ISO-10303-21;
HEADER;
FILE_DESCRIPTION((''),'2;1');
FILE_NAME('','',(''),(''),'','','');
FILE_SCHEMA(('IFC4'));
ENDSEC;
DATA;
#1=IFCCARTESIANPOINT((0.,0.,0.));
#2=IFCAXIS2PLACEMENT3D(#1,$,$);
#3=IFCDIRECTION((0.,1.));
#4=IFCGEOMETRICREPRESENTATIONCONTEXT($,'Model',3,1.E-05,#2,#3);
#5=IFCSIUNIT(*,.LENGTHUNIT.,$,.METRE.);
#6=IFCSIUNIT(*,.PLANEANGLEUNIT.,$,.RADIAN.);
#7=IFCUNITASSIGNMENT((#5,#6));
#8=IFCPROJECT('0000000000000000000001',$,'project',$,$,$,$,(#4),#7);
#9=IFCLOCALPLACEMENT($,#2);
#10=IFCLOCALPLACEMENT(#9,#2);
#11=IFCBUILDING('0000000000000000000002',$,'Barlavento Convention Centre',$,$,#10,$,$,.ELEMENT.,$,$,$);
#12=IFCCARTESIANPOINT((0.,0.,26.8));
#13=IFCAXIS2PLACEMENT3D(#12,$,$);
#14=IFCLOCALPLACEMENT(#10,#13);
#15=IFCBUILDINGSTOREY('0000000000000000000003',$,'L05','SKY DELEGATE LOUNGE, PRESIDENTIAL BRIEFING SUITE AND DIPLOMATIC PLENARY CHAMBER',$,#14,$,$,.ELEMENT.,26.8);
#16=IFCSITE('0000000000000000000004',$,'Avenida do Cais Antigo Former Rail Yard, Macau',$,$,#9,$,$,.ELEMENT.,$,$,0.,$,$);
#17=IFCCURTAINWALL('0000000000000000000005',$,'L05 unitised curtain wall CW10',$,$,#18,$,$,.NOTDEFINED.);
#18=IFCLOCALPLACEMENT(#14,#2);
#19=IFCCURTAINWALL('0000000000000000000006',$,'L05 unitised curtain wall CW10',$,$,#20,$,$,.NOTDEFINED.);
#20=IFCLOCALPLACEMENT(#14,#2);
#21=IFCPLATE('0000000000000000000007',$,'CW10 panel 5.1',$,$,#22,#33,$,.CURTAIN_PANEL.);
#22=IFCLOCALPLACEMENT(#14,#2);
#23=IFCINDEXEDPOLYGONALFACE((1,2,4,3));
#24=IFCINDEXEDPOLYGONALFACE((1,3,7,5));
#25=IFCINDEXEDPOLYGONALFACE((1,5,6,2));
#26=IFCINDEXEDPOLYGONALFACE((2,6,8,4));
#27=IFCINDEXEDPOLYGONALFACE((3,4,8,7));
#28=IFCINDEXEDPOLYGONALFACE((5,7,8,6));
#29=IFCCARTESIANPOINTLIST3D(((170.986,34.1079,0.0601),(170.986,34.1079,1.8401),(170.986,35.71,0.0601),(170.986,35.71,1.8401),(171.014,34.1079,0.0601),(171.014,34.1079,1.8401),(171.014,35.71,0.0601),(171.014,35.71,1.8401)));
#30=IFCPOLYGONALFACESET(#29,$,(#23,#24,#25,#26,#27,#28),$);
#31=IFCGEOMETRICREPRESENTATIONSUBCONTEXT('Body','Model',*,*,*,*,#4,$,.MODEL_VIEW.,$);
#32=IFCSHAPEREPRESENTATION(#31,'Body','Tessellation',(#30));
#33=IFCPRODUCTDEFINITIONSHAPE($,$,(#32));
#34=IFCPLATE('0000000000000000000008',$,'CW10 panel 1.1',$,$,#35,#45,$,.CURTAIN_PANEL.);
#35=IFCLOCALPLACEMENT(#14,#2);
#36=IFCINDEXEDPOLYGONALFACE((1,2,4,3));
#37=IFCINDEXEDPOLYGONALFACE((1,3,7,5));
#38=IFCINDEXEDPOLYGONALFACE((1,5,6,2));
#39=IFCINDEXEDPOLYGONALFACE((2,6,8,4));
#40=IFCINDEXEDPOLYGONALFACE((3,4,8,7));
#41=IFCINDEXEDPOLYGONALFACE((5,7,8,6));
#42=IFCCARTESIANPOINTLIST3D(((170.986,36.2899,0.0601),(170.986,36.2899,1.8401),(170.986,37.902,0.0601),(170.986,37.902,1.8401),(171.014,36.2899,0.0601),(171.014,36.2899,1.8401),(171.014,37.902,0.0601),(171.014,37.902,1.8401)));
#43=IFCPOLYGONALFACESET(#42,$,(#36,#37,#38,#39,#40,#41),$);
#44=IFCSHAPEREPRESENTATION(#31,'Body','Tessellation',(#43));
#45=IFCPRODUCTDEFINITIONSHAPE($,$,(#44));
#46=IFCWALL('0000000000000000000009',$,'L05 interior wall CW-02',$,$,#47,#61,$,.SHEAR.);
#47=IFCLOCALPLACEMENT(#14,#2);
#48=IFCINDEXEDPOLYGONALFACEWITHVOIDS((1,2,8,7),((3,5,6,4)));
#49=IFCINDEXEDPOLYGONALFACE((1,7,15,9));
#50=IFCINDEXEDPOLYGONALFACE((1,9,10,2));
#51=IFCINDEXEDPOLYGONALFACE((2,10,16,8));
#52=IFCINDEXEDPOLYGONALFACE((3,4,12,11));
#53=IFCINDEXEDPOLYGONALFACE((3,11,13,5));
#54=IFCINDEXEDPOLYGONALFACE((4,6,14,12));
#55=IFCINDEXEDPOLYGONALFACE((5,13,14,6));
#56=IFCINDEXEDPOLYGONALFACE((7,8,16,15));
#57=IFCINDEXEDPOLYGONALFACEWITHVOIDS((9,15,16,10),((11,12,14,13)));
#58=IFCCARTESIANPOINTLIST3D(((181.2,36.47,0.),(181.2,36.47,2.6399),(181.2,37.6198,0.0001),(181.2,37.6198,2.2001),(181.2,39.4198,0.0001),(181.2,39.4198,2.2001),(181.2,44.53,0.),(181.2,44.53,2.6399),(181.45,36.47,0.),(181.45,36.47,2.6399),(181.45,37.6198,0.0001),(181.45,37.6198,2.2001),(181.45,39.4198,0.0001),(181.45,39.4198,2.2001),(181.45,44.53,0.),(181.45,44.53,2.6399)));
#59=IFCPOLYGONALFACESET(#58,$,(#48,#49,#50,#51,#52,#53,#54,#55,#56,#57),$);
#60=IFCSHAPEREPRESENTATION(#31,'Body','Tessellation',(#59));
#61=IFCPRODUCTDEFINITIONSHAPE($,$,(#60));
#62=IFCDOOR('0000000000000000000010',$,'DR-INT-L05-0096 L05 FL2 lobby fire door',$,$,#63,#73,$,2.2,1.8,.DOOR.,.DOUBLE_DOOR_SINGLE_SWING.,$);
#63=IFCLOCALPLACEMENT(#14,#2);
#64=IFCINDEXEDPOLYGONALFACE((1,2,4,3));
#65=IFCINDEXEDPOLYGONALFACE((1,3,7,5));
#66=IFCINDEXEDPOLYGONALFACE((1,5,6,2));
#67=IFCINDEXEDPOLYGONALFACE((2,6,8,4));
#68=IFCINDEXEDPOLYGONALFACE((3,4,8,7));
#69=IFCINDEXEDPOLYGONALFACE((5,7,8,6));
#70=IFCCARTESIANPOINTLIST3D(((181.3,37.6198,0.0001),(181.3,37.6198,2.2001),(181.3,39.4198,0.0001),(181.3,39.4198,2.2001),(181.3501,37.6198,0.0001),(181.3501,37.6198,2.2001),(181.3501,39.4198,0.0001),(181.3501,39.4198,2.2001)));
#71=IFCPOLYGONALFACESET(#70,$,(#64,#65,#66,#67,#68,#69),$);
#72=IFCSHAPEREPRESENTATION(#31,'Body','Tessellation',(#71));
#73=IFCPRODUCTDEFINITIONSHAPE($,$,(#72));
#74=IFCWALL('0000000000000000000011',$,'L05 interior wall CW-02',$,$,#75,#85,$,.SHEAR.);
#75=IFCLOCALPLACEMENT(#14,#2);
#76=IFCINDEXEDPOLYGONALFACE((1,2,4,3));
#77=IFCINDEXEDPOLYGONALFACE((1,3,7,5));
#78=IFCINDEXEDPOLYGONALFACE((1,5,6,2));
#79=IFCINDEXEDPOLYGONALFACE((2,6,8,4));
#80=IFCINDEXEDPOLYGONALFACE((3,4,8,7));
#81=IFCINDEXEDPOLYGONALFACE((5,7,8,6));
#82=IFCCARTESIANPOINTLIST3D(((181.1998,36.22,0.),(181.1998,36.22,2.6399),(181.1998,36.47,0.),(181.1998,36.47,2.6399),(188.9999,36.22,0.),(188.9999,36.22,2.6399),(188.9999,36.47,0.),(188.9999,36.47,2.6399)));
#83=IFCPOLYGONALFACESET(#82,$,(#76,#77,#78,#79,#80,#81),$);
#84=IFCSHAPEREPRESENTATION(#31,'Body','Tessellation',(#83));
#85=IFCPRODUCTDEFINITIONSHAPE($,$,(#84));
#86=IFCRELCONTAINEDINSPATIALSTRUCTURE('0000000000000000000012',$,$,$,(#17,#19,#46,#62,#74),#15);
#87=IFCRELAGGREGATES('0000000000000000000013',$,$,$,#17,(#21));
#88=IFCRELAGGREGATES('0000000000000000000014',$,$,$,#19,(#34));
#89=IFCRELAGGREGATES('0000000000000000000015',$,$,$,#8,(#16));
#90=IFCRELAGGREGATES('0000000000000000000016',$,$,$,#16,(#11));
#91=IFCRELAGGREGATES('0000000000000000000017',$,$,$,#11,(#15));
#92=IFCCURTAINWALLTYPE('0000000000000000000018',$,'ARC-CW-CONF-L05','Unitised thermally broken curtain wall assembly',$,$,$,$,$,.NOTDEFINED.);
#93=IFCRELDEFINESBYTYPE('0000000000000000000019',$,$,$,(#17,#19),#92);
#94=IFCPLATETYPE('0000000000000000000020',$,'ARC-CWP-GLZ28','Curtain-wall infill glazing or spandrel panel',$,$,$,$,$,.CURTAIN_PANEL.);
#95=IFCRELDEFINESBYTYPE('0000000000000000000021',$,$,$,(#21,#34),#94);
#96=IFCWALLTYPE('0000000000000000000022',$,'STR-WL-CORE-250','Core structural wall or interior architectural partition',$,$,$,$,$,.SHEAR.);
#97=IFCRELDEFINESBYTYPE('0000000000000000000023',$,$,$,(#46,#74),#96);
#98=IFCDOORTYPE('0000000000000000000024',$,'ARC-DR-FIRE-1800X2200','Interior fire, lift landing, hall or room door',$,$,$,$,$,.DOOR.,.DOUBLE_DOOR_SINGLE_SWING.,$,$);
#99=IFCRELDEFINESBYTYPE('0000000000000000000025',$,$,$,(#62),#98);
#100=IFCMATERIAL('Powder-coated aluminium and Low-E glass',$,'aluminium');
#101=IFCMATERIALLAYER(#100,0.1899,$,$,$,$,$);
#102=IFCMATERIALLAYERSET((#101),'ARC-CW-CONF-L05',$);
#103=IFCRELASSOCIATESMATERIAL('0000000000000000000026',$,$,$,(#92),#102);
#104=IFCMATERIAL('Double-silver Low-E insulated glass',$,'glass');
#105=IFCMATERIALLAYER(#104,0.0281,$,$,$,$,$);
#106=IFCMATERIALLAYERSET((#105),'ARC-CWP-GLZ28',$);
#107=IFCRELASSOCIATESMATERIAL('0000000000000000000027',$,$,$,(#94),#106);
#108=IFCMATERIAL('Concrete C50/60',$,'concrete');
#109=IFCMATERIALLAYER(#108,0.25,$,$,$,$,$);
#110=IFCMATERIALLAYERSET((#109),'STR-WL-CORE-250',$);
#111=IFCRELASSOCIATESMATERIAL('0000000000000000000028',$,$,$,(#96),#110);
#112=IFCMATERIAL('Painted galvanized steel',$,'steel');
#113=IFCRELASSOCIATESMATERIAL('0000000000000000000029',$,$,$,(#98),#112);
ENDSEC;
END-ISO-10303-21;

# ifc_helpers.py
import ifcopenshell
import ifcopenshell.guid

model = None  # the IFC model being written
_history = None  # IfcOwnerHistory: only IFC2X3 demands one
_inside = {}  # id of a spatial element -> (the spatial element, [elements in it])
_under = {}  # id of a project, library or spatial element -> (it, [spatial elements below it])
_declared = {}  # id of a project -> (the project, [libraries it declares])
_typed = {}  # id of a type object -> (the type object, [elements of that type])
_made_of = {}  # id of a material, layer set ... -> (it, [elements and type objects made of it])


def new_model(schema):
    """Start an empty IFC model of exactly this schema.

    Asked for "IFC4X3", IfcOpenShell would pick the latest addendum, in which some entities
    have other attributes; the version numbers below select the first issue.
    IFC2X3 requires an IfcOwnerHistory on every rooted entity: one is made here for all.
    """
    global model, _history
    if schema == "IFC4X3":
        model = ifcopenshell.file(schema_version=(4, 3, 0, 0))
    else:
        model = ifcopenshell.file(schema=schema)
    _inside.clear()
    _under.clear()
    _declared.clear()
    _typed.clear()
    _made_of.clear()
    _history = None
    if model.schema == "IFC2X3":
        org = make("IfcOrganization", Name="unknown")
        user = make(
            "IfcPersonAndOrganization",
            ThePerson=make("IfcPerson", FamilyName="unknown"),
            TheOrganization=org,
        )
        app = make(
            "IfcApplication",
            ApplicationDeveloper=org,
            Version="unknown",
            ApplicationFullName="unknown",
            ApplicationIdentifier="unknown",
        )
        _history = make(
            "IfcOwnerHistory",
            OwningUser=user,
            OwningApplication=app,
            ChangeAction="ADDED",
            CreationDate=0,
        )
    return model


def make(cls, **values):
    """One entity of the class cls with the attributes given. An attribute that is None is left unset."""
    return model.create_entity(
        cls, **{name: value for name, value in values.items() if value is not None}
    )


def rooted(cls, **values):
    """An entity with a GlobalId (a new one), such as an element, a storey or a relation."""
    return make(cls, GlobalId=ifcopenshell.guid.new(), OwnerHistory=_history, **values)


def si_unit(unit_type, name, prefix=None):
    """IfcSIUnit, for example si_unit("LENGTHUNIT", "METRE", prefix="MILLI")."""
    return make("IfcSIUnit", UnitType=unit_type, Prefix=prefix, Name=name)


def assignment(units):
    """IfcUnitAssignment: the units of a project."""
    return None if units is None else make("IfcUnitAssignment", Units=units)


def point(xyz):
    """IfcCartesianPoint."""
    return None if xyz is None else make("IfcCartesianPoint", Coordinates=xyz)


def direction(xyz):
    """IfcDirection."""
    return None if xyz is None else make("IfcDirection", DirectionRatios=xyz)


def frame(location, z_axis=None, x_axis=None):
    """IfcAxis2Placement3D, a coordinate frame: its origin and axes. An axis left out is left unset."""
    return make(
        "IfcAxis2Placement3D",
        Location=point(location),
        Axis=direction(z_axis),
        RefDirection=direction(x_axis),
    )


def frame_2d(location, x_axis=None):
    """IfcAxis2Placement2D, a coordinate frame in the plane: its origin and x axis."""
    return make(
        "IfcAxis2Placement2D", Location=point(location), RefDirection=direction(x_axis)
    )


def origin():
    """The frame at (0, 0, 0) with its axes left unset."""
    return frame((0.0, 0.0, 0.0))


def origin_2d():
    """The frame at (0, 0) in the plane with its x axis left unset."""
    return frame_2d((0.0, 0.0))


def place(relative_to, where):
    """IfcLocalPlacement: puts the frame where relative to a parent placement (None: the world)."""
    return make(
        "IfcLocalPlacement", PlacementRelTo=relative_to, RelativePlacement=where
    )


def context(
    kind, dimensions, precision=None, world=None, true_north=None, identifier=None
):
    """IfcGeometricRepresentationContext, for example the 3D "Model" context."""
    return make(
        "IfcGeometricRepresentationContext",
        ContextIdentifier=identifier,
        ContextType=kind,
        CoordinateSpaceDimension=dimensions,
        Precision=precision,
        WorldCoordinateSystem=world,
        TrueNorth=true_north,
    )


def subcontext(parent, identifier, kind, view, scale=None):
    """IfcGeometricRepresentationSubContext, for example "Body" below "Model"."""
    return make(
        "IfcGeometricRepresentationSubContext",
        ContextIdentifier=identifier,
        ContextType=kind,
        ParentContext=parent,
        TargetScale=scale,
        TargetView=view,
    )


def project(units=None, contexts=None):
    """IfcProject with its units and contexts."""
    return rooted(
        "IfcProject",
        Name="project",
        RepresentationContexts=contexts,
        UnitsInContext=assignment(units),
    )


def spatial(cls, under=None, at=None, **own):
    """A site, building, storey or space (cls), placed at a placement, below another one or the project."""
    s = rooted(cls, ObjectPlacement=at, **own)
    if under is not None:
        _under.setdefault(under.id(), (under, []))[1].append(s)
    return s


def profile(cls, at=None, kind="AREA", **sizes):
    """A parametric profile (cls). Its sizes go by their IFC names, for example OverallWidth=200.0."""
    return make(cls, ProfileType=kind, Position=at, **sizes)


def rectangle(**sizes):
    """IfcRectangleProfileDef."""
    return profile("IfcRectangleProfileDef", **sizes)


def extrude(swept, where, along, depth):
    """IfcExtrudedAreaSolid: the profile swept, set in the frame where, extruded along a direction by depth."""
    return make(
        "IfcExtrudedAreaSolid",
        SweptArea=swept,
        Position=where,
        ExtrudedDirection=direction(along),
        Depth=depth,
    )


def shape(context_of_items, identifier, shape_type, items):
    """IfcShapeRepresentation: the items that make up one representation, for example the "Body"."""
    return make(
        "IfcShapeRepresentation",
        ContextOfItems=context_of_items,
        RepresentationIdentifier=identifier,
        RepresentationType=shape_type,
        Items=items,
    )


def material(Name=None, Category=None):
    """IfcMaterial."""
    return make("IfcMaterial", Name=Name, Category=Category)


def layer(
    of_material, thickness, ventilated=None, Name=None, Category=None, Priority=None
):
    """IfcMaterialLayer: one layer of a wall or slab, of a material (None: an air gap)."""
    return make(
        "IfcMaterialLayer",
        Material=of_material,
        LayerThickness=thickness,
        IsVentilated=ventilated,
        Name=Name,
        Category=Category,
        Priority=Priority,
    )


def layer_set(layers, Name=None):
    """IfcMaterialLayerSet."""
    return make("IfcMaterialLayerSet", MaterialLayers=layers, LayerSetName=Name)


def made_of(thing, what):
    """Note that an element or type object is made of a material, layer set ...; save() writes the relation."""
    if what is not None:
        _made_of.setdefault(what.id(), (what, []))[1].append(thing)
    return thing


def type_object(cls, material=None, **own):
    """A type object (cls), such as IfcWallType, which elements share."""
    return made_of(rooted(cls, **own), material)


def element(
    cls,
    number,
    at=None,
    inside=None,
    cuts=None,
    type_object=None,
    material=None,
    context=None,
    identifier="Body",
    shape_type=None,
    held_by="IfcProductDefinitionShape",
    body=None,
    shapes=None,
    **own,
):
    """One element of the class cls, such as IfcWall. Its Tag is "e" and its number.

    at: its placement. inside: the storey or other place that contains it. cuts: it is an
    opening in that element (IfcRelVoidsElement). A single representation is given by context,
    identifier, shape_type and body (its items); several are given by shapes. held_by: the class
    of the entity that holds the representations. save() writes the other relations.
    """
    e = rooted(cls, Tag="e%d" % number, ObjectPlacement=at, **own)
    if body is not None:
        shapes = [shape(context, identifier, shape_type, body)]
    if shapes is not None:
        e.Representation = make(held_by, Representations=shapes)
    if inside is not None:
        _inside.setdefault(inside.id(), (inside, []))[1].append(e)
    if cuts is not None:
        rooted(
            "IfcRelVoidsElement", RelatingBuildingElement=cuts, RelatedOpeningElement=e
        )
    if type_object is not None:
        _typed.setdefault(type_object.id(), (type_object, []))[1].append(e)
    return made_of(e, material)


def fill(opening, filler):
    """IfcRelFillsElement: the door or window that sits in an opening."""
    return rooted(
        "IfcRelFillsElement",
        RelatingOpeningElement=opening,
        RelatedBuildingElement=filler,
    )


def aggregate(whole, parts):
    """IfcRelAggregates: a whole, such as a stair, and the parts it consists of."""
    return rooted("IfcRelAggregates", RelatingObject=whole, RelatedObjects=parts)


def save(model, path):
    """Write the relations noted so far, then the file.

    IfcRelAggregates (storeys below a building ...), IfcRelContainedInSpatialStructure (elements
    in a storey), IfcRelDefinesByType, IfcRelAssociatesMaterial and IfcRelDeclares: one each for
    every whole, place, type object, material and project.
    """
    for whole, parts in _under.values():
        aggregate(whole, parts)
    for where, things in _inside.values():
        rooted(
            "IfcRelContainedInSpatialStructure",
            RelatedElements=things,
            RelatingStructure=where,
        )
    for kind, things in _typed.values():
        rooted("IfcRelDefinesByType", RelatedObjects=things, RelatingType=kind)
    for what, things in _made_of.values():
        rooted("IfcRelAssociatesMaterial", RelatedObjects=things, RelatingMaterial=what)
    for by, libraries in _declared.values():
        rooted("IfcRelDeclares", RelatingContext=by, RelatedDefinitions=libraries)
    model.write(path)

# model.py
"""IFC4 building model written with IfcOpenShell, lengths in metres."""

from ifc_helpers import new_model, si_unit, direction, frame, frame_2d, origin, origin_2d, place, context, subcontext, project, spatial, rectangle, extrude, material, layer, layer_set, type_object, element, fill, aggregate, save


model = new_model("IFC4")

# Units and contexts
model_context = context("Model", 3, precision=1e-05, world=origin(), true_north=direction((0.0, 1.0)))
body_context = subcontext(model_context, "Body", "Model", "MODEL_VIEW")
ifc_project = project(units=[si_unit("LENGTHUNIT", "METRE"), si_unit("PLANEANGLEUNIT", "RADIAN")], contexts=[model_context])

# Site, building, storey
site_placement = place(None, origin())
site = spatial("IfcSite", under=ifc_project, at=site_placement, Name="Avenida do Cais Antigo Former Rail Yard, Macau", CompositionType="ELEMENT", RefElevation=0.0)
building_placement = place(site_placement, origin())
building = spatial("IfcBuilding", under=site, at=building_placement, Name="Barlavento Convention Centre", CompositionType="ELEMENT")
storey_placement = place(building_placement, frame((0.0, 0.0, 26.8)))
storey = spatial("IfcBuildingStorey", under=building, at=storey_placement, Name="L05", Description="SKY DELEGATE LOUNGE, PRESIDENTIAL BRIEFING SUITE AND DIPLOMATIC PLENARY CHAMBER", CompositionType="ELEMENT", Elevation=26.8)

# Curtain wall
ifc_material_1 = material(Name="Powder-coated aluminium and Low-E glass", Category="aluminium")
ifc_layer_1 = layer(ifc_material_1, 0.1899)
ifc_layer_set_1 = layer_set([ifc_layer_1], Name="ARC-CW-CONF-L05")
curtain_wall_type = type_object("IfcCurtainWallType", Name="ARC-CW-CONF-L05", Description="Unitised thermally broken curtain wall assembly", PredefinedType="NOTDEFINED", material=ifc_layer_set_1)
curtain_wall_1_placement = place(storey_placement, origin())
curtain_wall_1 = element("IfcCurtainWall", 1, at=curtain_wall_1_placement, inside=storey, type_object=curtain_wall_type, Name="L05 unitised curtain wall CW10", PredefinedType="NOTDEFINED")

# Curtain wall
curtain_wall_2_placement = place(storey_placement, origin())
curtain_wall_2 = element("IfcCurtainWall", 2, at=curtain_wall_2_placement, inside=storey, type_object=curtain_wall_type, Name="L05 unitised curtain wall CW10", PredefinedType="NOTDEFINED")

# Plates
ifc_material_2 = material(Name="Double-silver Low-E insulated glass", Category="glass")
ifc_layer_2 = layer(ifc_material_2, 0.0281)
ifc_layer_set_2 = layer_set([ifc_layer_2], Name="ARC-CWP-GLZ28")
plate_type = type_object("IfcPlateType", Name="ARC-CWP-GLZ28", Description="Curtain-wall infill glazing or spandrel panel", PredefinedType="CURTAIN_PANEL", material=ifc_layer_set_2)
plate_1_placement = place(storey_placement, frame((171.0, 34.9089, 0.0601), z_axis=(0.0, 0.0, 1.0), x_axis=(0.0, 1.0, 0.0)))
plate_1 = element("IfcPlate", 3, at=plate_1_placement, type_object=plate_type, Name="CW10 panel 5.1", PredefinedType="CURTAIN_PANEL", context=body_context, shape_type="SweptSolid", body=[
    extrude(rectangle(XDim=1.6021, YDim=0.0281, at=origin_2d()), origin(), (0.0, 0.0, 1.0), 1.78),
])
aggregate(curtain_wall_1, [plate_1])
plate_2_placement = place(storey_placement, frame((171.0, 37.0959, 0.0601), z_axis=(0.0, 0.0, 1.0), x_axis=(0.0, 1.0, 0.0)))
plate_2 = element("IfcPlate", 4, at=plate_2_placement, type_object=plate_type, Name="CW10 panel 1.1", PredefinedType="CURTAIN_PANEL", context=body_context, shape_type="SweptSolid", body=[
    extrude(rectangle(XDim=1.6121, YDim=0.0281, at=origin_2d()), origin(), (0.0, 0.0, 1.0), 1.78),
])
aggregate(curtain_wall_2, [plate_2])

# Wall, opening, door
ifc_material_3 = material(Name="Concrete C50/60", Category="concrete")
ifc_layer_3 = layer(ifc_material_3, 0.25)
ifc_layer_set_3 = layer_set([ifc_layer_3], Name="STR-WL-CORE-250")
wall_type = type_object("IfcWallType", Name="STR-WL-CORE-250", Description="Core structural wall or interior architectural partition", PredefinedType="SHEAR", material=ifc_layer_set_3)
wall_1_placement = place(storey_placement, frame((181.325, 36.47, 0.0), z_axis=(0.0, 0.0, 1.0), x_axis=(0.0, 1.0, 0.0)))
wall_1 = element("IfcWall", 5, at=wall_1_placement, inside=storey, type_object=wall_type, Name="L05 interior wall CW-02", PredefinedType="SHEAR", context=body_context, shape_type="SweptSolid", body=[
    extrude(rectangle(XDim=8.0601, YDim=0.25, at=frame_2d((4.03, 0.0))), origin(), (0.0, 0.0, 1.0), 2.6399),
])
opening_placement = place(wall_1_placement, frame((1.1499, 0.0, 0.0)))
opening = element("IfcOpeningElement", 6, at=opening_placement, cuts=wall_1, PredefinedType="OPENING", context=body_context, shape_type="SweptSolid", body=[
    extrude(rectangle(XDim=1.8, YDim=2.2, at=frame_2d((0.8999, 1.1001))), frame((0.0, 0.135, 0.0), z_axis=(0.0, -1.0, 0.0), x_axis=(1.0, 0.0, 0.0)), (0.0, 0.0, 1.0), 0.27),
])
ifc_material_4 = material(Name="Painted galvanized steel", Category="steel")
door_type = type_object("IfcDoorType", Name="ARC-DR-FIRE-1800X2200", Description="Interior fire, lift landing, hall or room door", OperationType="DOUBLE_DOOR_SINGLE_SWING", PredefinedType="DOOR", material=ifc_material_4)
door_placement = place(opening_placement, origin())
door = element("IfcDoor", 7, at=door_placement, inside=storey, type_object=door_type, Name="DR-INT-L05-0096 L05 FL2 lobby fire door", OperationType="DOUBLE_DOOR_SINGLE_SWING", OverallHeight=2.2, OverallWidth=1.8, PredefinedType="DOOR", context=body_context, shape_type="SweptSolid", body=[
    extrude(rectangle(XDim=1.8, YDim=2.2, at=frame_2d((0.8999, 1.1001))), frame((0.0, 0.0249, 0.0), z_axis=(0.0, -1.0, 0.0), x_axis=(1.0, 0.0, 0.0)), (0.0, 0.0, 1.0), 0.05),
])
fill(opening, door)

# Wall
wall_2_placement = place(storey_placement, frame((181.2, 36.345, 0.0), z_axis=(0.0, 0.0, 1.0), x_axis=(1.0, 0.0, 0.0)))
element("IfcWall", 8, at=wall_2_placement, inside=storey, type_object=wall_type, Name="L05 interior wall CW-02", PredefinedType="SHEAR", context=body_context, shape_type="SweptSolid", body=[
    extrude(rectangle(XDim=7.8, YDim=0.25, at=frame_2d((3.8999, 0.0))), origin(), (0.0, 0.0, 1.0), 2.6399),
])

save(model, "model.ifc")
